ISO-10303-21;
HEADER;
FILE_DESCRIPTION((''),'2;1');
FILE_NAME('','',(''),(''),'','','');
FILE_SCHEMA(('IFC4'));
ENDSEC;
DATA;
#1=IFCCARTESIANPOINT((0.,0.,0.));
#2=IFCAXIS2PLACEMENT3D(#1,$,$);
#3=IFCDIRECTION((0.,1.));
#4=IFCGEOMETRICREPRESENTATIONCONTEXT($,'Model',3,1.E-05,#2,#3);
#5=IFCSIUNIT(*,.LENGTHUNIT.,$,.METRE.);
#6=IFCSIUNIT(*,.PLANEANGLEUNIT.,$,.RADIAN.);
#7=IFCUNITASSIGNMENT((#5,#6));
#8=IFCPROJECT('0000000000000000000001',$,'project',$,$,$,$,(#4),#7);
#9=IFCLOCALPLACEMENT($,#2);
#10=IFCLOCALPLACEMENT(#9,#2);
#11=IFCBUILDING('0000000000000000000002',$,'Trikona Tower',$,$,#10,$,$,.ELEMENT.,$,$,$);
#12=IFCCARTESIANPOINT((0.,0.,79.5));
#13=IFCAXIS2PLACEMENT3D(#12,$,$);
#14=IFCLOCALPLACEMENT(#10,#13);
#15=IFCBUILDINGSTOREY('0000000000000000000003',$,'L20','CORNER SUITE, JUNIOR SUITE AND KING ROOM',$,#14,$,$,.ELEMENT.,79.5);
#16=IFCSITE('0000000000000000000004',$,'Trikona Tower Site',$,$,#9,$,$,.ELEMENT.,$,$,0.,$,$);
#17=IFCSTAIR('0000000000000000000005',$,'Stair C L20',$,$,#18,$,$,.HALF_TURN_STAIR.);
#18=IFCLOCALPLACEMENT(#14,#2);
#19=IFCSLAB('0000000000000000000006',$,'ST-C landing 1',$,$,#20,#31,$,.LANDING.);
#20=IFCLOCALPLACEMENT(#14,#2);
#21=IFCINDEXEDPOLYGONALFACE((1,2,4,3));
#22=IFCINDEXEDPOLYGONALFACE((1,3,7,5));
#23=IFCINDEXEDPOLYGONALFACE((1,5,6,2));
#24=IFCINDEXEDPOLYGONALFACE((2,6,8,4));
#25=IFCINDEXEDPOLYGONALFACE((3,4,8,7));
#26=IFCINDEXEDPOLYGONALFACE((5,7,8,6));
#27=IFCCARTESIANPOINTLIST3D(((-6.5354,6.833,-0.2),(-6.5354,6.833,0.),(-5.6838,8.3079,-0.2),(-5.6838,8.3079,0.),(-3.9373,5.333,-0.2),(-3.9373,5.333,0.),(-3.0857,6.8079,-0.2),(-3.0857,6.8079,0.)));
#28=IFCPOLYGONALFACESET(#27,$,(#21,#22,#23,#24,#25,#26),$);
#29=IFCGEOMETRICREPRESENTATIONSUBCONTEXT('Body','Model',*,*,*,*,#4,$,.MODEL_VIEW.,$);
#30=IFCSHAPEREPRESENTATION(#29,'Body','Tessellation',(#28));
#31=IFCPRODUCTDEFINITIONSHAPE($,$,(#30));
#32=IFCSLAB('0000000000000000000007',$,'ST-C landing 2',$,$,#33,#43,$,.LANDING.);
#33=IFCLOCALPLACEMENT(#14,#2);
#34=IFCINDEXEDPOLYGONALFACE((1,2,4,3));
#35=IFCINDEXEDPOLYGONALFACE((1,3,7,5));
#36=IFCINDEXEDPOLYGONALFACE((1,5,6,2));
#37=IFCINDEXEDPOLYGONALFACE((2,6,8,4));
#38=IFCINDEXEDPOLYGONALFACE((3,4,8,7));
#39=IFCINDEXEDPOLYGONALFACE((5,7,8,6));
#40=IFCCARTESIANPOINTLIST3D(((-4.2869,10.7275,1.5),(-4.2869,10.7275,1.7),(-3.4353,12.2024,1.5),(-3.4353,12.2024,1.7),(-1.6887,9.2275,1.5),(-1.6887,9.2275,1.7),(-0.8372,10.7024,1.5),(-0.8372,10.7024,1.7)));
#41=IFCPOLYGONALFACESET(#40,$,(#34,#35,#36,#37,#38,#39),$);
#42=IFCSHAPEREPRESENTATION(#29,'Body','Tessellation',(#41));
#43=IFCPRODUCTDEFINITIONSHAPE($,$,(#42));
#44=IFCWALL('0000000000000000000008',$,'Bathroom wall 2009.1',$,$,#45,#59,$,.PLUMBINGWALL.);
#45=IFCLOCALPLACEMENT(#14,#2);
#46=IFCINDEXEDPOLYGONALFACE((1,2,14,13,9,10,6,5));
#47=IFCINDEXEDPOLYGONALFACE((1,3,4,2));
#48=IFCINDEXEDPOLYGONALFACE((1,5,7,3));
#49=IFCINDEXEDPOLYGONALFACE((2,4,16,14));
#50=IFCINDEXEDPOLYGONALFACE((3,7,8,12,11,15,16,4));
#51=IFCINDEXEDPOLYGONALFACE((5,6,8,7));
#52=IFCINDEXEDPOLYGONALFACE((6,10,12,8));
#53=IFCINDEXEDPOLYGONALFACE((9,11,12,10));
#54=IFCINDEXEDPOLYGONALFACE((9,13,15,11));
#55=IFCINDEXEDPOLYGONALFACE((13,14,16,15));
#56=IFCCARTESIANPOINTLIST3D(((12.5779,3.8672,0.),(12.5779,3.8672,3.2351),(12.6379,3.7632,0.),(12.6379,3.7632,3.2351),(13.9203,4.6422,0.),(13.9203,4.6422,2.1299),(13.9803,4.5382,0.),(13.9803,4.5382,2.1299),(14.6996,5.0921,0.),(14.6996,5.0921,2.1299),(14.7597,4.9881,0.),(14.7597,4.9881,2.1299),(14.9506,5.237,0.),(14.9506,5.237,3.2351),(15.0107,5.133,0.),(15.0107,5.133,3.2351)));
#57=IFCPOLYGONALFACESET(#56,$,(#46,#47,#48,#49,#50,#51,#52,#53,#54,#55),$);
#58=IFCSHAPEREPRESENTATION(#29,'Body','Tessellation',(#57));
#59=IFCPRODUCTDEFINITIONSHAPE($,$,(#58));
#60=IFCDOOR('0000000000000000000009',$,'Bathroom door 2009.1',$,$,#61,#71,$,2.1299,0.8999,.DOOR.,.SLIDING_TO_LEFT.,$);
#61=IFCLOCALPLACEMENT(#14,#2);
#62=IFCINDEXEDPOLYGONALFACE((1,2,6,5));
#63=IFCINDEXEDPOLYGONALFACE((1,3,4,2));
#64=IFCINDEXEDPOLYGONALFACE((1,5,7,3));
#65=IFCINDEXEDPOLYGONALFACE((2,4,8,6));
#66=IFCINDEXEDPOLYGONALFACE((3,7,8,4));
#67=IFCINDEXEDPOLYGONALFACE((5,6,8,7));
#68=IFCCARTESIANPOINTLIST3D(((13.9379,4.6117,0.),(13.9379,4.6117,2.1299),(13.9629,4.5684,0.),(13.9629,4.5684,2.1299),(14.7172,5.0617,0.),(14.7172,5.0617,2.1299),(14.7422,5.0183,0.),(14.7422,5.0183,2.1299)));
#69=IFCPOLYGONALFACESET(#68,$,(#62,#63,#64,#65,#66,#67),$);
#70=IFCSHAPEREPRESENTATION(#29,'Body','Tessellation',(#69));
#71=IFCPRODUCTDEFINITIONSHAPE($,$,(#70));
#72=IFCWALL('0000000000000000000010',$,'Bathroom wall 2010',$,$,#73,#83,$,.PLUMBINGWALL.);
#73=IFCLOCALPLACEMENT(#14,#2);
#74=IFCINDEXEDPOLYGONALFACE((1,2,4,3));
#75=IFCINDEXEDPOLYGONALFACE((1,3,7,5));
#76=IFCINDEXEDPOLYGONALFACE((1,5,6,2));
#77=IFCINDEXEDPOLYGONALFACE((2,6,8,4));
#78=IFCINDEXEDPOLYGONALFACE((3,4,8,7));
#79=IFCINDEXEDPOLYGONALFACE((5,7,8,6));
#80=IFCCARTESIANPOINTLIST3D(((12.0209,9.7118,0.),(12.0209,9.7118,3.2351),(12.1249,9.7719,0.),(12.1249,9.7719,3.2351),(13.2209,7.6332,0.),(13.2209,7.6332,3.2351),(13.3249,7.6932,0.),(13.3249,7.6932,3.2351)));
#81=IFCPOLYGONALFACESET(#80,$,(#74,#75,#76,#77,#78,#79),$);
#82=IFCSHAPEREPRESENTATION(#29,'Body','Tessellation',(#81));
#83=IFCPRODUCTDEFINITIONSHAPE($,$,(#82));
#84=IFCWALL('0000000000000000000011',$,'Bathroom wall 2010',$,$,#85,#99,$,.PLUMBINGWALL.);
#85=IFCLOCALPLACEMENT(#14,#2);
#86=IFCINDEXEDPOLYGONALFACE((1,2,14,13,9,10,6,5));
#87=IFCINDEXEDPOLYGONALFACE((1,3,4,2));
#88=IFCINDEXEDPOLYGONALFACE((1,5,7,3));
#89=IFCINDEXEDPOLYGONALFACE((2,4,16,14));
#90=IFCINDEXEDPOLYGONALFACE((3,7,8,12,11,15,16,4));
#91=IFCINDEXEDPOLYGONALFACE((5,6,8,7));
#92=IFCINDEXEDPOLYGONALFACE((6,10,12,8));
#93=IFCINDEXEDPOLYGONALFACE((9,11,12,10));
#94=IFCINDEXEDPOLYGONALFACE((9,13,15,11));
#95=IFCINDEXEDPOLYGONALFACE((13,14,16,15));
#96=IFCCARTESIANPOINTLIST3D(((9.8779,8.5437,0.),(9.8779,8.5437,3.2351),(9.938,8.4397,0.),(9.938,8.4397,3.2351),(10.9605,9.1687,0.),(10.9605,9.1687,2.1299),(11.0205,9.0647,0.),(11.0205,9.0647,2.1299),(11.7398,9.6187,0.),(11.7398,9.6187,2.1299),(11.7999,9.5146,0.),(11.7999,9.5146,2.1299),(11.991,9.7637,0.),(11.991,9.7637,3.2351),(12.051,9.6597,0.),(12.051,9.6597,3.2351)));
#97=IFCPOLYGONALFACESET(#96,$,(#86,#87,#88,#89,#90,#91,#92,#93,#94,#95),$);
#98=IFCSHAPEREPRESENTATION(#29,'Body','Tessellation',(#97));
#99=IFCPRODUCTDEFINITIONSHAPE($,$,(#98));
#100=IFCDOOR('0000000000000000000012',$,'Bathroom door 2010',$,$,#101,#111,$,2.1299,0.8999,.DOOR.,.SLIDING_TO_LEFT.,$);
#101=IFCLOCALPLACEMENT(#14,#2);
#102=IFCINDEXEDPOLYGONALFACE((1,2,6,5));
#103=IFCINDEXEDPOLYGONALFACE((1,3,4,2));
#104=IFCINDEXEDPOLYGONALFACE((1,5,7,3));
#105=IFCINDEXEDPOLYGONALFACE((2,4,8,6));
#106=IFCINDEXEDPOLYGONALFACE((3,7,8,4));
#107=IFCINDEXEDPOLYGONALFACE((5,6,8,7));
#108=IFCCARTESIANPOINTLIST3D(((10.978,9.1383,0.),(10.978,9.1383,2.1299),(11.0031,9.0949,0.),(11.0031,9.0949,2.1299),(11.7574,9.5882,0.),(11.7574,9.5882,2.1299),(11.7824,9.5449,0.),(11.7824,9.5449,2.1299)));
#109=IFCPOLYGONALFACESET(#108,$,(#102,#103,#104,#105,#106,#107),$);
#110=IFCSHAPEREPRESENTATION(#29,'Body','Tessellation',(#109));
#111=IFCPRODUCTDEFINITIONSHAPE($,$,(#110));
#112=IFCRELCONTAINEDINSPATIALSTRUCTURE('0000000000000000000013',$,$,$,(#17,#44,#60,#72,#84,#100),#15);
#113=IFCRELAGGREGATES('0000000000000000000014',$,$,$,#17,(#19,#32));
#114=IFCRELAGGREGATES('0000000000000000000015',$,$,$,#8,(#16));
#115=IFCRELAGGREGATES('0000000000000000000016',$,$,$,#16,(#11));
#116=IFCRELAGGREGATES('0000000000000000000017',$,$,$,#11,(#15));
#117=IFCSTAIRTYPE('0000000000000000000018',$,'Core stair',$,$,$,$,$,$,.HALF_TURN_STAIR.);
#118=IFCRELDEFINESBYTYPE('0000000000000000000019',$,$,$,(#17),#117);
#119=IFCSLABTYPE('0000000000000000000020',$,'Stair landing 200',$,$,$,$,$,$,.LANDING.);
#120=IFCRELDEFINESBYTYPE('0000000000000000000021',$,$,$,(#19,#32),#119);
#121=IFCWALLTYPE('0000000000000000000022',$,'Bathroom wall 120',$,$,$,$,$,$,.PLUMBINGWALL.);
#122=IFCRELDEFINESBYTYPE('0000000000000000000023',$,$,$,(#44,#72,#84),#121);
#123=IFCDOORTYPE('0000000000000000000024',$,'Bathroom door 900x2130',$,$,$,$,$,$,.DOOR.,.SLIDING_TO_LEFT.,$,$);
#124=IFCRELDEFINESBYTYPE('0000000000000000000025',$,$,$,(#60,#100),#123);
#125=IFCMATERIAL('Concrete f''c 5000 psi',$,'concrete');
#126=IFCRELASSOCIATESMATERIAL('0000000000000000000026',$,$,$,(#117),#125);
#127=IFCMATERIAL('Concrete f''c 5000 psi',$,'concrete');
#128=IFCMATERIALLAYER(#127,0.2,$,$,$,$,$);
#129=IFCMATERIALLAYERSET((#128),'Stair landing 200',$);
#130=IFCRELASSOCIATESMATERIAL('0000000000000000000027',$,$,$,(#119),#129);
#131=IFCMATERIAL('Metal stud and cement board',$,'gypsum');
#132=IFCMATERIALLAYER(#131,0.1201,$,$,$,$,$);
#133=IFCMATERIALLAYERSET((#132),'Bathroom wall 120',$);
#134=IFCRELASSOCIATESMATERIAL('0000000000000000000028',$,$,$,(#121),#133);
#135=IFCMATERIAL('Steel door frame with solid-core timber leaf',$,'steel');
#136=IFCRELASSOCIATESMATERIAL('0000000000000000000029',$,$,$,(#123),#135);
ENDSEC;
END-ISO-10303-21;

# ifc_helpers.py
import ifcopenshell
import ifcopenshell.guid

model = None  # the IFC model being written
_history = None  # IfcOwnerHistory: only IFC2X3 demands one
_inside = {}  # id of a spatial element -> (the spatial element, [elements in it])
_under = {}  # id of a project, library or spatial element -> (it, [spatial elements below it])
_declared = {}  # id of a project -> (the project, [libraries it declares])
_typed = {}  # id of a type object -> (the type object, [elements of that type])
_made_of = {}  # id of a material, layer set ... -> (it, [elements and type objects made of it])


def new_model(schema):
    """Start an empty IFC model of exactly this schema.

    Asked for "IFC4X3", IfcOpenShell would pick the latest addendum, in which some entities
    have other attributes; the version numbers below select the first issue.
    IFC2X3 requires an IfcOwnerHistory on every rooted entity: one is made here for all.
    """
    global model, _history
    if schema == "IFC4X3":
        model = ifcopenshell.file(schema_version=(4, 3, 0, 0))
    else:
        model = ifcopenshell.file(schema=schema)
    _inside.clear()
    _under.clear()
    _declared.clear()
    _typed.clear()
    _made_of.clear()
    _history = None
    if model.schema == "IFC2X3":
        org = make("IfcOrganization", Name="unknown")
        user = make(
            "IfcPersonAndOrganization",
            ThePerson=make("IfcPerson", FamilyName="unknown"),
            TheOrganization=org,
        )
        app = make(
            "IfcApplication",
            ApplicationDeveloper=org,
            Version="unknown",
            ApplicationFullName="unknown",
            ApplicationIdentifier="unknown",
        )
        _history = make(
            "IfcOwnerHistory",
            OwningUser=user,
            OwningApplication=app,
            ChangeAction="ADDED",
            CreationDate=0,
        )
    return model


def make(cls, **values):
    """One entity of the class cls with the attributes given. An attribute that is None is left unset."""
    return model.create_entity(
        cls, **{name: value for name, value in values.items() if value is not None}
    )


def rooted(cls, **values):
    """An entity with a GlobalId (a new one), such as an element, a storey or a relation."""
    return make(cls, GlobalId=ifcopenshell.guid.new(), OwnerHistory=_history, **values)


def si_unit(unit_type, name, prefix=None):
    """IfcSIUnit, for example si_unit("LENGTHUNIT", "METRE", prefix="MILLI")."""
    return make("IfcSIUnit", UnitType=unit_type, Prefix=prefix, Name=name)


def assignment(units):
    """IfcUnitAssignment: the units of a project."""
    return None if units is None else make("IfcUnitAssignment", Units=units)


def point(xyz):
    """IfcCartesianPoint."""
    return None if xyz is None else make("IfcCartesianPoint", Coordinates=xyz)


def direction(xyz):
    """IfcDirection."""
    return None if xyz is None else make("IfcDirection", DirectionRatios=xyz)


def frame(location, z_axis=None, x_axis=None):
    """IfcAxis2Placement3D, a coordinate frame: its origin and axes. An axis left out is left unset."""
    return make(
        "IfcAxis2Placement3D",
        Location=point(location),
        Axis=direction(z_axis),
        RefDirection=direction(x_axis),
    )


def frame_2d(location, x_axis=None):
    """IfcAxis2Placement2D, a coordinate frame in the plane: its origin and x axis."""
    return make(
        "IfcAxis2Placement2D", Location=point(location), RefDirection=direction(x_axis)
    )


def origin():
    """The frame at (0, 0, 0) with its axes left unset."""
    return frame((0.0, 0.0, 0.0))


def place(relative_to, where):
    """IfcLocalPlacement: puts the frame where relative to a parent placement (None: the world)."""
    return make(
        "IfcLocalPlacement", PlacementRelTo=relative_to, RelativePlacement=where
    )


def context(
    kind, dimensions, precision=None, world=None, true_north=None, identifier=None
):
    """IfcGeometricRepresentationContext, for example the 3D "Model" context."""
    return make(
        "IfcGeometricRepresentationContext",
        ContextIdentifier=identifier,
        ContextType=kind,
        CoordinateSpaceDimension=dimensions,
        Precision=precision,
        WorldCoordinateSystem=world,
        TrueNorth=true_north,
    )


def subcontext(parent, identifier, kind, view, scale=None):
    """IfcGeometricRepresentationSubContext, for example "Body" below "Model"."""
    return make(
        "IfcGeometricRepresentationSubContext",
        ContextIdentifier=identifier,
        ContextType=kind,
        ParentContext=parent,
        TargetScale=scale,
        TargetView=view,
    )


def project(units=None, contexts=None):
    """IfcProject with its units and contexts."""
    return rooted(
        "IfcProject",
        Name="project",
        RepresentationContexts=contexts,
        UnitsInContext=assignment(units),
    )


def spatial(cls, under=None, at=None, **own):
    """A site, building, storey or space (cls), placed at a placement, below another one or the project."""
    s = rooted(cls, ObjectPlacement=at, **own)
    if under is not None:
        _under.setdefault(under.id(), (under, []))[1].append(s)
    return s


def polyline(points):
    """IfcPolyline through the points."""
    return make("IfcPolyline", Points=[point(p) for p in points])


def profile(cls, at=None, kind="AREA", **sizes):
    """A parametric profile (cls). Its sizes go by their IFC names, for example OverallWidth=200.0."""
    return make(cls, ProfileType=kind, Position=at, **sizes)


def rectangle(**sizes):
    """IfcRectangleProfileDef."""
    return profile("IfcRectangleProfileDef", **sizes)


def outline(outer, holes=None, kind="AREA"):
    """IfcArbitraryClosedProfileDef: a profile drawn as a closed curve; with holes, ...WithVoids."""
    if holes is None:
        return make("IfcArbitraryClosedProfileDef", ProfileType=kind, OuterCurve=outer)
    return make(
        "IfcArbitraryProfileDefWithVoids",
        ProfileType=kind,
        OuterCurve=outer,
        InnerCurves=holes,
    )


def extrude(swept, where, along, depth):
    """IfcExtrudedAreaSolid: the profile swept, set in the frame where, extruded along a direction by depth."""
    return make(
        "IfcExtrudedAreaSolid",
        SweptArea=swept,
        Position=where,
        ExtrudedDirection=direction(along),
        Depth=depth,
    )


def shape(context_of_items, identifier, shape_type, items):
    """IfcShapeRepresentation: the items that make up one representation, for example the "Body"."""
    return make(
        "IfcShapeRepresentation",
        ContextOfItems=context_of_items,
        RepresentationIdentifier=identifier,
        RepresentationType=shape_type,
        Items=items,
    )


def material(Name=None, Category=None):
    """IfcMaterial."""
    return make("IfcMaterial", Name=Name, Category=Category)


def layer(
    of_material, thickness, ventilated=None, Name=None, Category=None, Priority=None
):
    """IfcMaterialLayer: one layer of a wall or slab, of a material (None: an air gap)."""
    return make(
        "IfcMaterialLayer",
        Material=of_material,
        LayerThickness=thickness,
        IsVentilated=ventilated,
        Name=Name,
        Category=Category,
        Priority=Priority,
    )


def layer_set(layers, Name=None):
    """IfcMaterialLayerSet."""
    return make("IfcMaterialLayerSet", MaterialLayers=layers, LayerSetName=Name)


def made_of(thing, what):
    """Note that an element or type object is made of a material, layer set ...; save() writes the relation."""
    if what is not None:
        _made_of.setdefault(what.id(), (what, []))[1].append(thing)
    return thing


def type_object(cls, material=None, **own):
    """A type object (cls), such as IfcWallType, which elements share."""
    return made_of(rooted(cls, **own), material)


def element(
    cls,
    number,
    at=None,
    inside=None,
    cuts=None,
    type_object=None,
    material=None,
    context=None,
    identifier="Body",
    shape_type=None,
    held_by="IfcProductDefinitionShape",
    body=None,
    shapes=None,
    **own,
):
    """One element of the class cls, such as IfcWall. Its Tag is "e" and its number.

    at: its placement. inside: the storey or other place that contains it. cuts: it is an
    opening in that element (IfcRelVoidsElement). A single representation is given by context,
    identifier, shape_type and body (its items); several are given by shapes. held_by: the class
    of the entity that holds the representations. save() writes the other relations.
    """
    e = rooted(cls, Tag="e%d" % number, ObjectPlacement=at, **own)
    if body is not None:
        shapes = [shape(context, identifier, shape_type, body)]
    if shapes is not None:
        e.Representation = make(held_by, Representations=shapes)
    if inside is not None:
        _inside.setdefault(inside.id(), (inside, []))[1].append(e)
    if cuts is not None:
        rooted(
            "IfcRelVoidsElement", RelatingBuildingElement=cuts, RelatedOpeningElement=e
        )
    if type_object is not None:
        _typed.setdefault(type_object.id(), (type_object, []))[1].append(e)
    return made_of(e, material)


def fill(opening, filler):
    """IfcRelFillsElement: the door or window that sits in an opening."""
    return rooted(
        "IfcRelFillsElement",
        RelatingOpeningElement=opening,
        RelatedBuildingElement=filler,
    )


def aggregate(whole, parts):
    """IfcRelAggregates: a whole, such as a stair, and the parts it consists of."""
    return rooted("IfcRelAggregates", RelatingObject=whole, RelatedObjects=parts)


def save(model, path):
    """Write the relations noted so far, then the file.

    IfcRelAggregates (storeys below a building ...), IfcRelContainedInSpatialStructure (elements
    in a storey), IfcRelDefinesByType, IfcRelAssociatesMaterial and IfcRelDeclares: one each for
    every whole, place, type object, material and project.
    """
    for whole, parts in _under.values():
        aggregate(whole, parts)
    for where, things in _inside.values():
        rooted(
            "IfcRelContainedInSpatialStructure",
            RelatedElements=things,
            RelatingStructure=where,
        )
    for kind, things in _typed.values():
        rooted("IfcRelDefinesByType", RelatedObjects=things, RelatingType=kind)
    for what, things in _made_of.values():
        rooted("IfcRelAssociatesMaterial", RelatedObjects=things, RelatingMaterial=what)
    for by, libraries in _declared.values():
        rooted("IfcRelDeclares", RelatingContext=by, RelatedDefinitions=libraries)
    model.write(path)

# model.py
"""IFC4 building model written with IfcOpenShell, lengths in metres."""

from ifc_helpers import new_model, si_unit, direction, frame, frame_2d, origin, place, context, subcontext, project, spatial, polyline, rectangle, outline, extrude, material, layer, layer_set, type_object, element, fill, aggregate, save


model = new_model("IFC4")

# Units and contexts
model_context = context("Model", 3, precision=1e-05, world=origin(), true_north=direction((0.0, 1.0)))
body_context = subcontext(model_context, "Body", "Model", "MODEL_VIEW")
ifc_project = project(units=[si_unit("LENGTHUNIT", "METRE"), si_unit("PLANEANGLEUNIT", "RADIAN")], contexts=[model_context])

# Site, building, storey
site_placement = place(None, origin())
site = spatial("IfcSite", under=ifc_project, at=site_placement, Name="Trikona Tower Site", CompositionType="ELEMENT", RefElevation=0.0)
building_placement = place(site_placement, origin())
building = spatial("IfcBuilding", under=site, at=building_placement, Name="Trikona Tower", CompositionType="ELEMENT")
storey_placement = place(building_placement, frame((0.0, 0.0, 79.5)))
storey = spatial("IfcBuildingStorey", under=building, at=storey_placement, Name="L20", Description="CORNER SUITE, JUNIOR SUITE AND KING ROOM", CompositionType="ELEMENT", Elevation=79.5)

# Stair, slabs
ifc_material_1 = material(Name="Concrete f'c 5000 psi", Category="concrete")
stair_type = type_object("IfcStairType", Name="Core stair", PredefinedType="HALF_TURN_STAIR", material=ifc_material_1)
ifc_material_2 = material(Name="Concrete f'c 5000 psi", Category="concrete")
ifc_layer_1 = layer(ifc_material_2, 0.2)
ifc_layer_set_1 = layer_set([ifc_layer_1], Name="Stair landing 200")
slab_type_1 = type_object("IfcSlabType", Name="Stair landing 200", PredefinedType="LANDING", material=ifc_layer_set_1)
stair_1_placement = place(storey_placement, origin())
stair_1 = element("IfcStair", 1, at=stair_1_placement, inside=storey, type_object=stair_type, Name="Stair C L20", PredefinedType="HALF_TURN_STAIR")
slab_1_placement = place(storey_placement, frame((0.0, 0.0, -0.2)))
slab_1 = element("IfcSlab", 2, at=slab_1_placement, type_object=slab_type_1, Name="ST-C landing 1", PredefinedType="LANDING", context=body_context, shape_type="SweptSolid", body=[
    extrude(outline(polyline([(-3.0857, 6.8079), (-3.9373, 5.333), (-6.5354, 6.833), (-5.6838, 8.3079), (-3.0857, 6.8079)])), origin(), (0.0, 0.0, 1.0), 0.2),
])
slab_2_placement = place(storey_placement, frame((0.0, 0.0, 1.5)))
slab_2 = element("IfcSlab", 3, at=slab_2_placement, type_object=slab_type_1, Name="ST-C landing 2", PredefinedType="LANDING", context=body_context, shape_type="SweptSolid", body=[
    extrude(outline(polyline([(-0.8372, 10.7024), (-1.6887, 9.2275), (-4.2869, 10.7275), (-3.4353, 12.2024), (-0.8372, 10.7024)])), origin(), (0.0, 0.0, 1.0), 0.2),
])
aggregate(stair_1, [slab_1, slab_2])

# Wall, opening, door
ifc_material_3 = material(Name="Metal stud and cement board", Category="gypsum")
ifc_layer_2 = layer(ifc_material_3, 0.1201)
ifc_layer_set_2 = layer_set([ifc_layer_2], Name="Bathroom wall 120")
wall_type_1 = type_object("IfcWallType", Name="Bathroom wall 120", PredefinedType="PLUMBINGWALL", material=ifc_layer_set_2)
wall_1_placement = place(storey_placement, frame((12.6079, 3.8152, 0.0), z_axis=(0.0, 0.0, 1.0), x_axis=(0.866036, 0.499982, 0.0)))
wall_1 = element("IfcWall", 4, at=wall_1_placement, inside=storey, type_object=wall_type_1, Name="Bathroom wall 2009.1", PredefinedType="PLUMBINGWALL", context=body_context, shape_type="SweptSolid", body=[
    extrude(rectangle(XDim=2.7397, YDim=0.1201, at=frame_2d((1.3699, 0.0))), origin(), (0.0, 0.0, 1.0), 3.2351),
])
opening_1_placement = place(wall_1_placement, frame((1.55, 0.0, 0.0)))
opening_1 = element("IfcOpeningElement", 5, at=opening_1_placement, cuts=wall_1, PredefinedType="OPENING", context=body_context, shape_type="SweptSolid", body=[
    extrude(rectangle(XDim=0.8999, YDim=2.1299, at=frame_2d((0.45, 1.0649))), frame((0.0, 0.0701, 0.0), z_axis=(0.0, -1.0, 0.0), x_axis=(1.0, 0.0, 0.0)), (0.0, 0.0, 1.0), 0.1401),
])
ifc_material_4 = material(Name="Steel door frame with solid-core timber leaf", Category="steel")
door_type_1 = type_object("IfcDoorType", Name="Bathroom door 900x2130", OperationType="SLIDING_TO_LEFT", PredefinedType="DOOR", material=ifc_material_4)
door_1_placement = place(opening_1_placement, origin())
door_1 = element("IfcDoor", 6, at=door_1_placement, inside=storey, type_object=door_type_1, Name="Bathroom door 2009.1", OperationType="SLIDING_TO_LEFT", OverallHeight=2.1299, OverallWidth=0.8999, PredefinedType="DOOR", context=body_context, shape_type="SweptSolid", body=[
    extrude(rectangle(XDim=0.8999, YDim=2.1299, at=frame_2d((0.45, 1.0649))), frame((0.0, 0.0249, 0.0), z_axis=(0.0, -1.0, 0.0), x_axis=(1.0, 0.0, 0.0)), (0.0, 0.0, 1.0), 0.05),
])
fill(opening_1, door_1)

# Wall
wall_2_placement = place(storey_placement, frame((13.2729, 7.6631, 0.0), z_axis=(0.0, 0.0, 1.0), x_axis=(-0.499957, 0.86605, 0.0)))
element("IfcWall", 7, at=wall_2_placement, inside=storey, type_object=wall_type_1, Name="Bathroom wall 2010", PredefinedType="PLUMBINGWALL", context=body_context, shape_type="SweptSolid", body=[
    extrude(rectangle(XDim=2.4001, YDim=0.1201, at=frame_2d((1.2002, 0.0))), origin(), (0.0, 0.0, 1.0), 3.2351),
])

# Wall, opening, door
wall_3_placement = place(storey_placement, frame((9.908, 8.4917, 0.0), z_axis=(0.0, 0.0, 1.0), x_axis=(0.866024, 0.500003, 0.0)))
wall_3 = element("IfcWall", 8, at=wall_3_placement, inside=storey, type_object=wall_type_1, Name="Bathroom wall 2010", PredefinedType="PLUMBINGWALL", context=body_context, shape_type="SweptSolid", body=[
    extrude(rectangle(XDim=2.4399, YDim=0.1201, at=frame_2d((1.22, 0.0))), origin(), (0.0, 0.0, 1.0), 3.2351),
])
opening_2_placement = place(wall_3_placement, frame((1.25, 0.0, 0.0)))
opening_2 = element("IfcOpeningElement", 9, at=opening_2_placement, cuts=wall_3, PredefinedType="OPENING", context=body_context, shape_type="SweptSolid", body=[
    extrude(rectangle(XDim=0.8999, YDim=2.1299, at=frame_2d((0.45, 1.0649))), frame((0.0, 0.0701, 0.0), z_axis=(0.0, -1.0, 0.0), x_axis=(1.0, 0.0, 0.0)), (0.0, 0.0, 1.0), 0.1401),
])
door_2_placement = place(opening_2_placement, origin())
door_2 = element("IfcDoor", 10, at=door_2_placement, inside=storey, type_object=door_type_1, Name="Bathroom door 2010", OperationType="SLIDING_TO_LEFT", OverallHeight=2.1299, OverallWidth=0.8999, PredefinedType="DOOR", context=body_context, shape_type="SweptSolid", body=[
    extrude(rectangle(XDim=0.8999, YDim=2.1299, at=frame_2d((0.45, 1.0649))), frame((0.0, 0.0249, 0.0), z_axis=(0.0, -1.0, 0.0), x_axis=(1.0, 0.0, 0.0)), (0.0, 0.0, 1.0), 0.05),
])
fill(opening_2, door_2)

save(model, "model.ifc")
